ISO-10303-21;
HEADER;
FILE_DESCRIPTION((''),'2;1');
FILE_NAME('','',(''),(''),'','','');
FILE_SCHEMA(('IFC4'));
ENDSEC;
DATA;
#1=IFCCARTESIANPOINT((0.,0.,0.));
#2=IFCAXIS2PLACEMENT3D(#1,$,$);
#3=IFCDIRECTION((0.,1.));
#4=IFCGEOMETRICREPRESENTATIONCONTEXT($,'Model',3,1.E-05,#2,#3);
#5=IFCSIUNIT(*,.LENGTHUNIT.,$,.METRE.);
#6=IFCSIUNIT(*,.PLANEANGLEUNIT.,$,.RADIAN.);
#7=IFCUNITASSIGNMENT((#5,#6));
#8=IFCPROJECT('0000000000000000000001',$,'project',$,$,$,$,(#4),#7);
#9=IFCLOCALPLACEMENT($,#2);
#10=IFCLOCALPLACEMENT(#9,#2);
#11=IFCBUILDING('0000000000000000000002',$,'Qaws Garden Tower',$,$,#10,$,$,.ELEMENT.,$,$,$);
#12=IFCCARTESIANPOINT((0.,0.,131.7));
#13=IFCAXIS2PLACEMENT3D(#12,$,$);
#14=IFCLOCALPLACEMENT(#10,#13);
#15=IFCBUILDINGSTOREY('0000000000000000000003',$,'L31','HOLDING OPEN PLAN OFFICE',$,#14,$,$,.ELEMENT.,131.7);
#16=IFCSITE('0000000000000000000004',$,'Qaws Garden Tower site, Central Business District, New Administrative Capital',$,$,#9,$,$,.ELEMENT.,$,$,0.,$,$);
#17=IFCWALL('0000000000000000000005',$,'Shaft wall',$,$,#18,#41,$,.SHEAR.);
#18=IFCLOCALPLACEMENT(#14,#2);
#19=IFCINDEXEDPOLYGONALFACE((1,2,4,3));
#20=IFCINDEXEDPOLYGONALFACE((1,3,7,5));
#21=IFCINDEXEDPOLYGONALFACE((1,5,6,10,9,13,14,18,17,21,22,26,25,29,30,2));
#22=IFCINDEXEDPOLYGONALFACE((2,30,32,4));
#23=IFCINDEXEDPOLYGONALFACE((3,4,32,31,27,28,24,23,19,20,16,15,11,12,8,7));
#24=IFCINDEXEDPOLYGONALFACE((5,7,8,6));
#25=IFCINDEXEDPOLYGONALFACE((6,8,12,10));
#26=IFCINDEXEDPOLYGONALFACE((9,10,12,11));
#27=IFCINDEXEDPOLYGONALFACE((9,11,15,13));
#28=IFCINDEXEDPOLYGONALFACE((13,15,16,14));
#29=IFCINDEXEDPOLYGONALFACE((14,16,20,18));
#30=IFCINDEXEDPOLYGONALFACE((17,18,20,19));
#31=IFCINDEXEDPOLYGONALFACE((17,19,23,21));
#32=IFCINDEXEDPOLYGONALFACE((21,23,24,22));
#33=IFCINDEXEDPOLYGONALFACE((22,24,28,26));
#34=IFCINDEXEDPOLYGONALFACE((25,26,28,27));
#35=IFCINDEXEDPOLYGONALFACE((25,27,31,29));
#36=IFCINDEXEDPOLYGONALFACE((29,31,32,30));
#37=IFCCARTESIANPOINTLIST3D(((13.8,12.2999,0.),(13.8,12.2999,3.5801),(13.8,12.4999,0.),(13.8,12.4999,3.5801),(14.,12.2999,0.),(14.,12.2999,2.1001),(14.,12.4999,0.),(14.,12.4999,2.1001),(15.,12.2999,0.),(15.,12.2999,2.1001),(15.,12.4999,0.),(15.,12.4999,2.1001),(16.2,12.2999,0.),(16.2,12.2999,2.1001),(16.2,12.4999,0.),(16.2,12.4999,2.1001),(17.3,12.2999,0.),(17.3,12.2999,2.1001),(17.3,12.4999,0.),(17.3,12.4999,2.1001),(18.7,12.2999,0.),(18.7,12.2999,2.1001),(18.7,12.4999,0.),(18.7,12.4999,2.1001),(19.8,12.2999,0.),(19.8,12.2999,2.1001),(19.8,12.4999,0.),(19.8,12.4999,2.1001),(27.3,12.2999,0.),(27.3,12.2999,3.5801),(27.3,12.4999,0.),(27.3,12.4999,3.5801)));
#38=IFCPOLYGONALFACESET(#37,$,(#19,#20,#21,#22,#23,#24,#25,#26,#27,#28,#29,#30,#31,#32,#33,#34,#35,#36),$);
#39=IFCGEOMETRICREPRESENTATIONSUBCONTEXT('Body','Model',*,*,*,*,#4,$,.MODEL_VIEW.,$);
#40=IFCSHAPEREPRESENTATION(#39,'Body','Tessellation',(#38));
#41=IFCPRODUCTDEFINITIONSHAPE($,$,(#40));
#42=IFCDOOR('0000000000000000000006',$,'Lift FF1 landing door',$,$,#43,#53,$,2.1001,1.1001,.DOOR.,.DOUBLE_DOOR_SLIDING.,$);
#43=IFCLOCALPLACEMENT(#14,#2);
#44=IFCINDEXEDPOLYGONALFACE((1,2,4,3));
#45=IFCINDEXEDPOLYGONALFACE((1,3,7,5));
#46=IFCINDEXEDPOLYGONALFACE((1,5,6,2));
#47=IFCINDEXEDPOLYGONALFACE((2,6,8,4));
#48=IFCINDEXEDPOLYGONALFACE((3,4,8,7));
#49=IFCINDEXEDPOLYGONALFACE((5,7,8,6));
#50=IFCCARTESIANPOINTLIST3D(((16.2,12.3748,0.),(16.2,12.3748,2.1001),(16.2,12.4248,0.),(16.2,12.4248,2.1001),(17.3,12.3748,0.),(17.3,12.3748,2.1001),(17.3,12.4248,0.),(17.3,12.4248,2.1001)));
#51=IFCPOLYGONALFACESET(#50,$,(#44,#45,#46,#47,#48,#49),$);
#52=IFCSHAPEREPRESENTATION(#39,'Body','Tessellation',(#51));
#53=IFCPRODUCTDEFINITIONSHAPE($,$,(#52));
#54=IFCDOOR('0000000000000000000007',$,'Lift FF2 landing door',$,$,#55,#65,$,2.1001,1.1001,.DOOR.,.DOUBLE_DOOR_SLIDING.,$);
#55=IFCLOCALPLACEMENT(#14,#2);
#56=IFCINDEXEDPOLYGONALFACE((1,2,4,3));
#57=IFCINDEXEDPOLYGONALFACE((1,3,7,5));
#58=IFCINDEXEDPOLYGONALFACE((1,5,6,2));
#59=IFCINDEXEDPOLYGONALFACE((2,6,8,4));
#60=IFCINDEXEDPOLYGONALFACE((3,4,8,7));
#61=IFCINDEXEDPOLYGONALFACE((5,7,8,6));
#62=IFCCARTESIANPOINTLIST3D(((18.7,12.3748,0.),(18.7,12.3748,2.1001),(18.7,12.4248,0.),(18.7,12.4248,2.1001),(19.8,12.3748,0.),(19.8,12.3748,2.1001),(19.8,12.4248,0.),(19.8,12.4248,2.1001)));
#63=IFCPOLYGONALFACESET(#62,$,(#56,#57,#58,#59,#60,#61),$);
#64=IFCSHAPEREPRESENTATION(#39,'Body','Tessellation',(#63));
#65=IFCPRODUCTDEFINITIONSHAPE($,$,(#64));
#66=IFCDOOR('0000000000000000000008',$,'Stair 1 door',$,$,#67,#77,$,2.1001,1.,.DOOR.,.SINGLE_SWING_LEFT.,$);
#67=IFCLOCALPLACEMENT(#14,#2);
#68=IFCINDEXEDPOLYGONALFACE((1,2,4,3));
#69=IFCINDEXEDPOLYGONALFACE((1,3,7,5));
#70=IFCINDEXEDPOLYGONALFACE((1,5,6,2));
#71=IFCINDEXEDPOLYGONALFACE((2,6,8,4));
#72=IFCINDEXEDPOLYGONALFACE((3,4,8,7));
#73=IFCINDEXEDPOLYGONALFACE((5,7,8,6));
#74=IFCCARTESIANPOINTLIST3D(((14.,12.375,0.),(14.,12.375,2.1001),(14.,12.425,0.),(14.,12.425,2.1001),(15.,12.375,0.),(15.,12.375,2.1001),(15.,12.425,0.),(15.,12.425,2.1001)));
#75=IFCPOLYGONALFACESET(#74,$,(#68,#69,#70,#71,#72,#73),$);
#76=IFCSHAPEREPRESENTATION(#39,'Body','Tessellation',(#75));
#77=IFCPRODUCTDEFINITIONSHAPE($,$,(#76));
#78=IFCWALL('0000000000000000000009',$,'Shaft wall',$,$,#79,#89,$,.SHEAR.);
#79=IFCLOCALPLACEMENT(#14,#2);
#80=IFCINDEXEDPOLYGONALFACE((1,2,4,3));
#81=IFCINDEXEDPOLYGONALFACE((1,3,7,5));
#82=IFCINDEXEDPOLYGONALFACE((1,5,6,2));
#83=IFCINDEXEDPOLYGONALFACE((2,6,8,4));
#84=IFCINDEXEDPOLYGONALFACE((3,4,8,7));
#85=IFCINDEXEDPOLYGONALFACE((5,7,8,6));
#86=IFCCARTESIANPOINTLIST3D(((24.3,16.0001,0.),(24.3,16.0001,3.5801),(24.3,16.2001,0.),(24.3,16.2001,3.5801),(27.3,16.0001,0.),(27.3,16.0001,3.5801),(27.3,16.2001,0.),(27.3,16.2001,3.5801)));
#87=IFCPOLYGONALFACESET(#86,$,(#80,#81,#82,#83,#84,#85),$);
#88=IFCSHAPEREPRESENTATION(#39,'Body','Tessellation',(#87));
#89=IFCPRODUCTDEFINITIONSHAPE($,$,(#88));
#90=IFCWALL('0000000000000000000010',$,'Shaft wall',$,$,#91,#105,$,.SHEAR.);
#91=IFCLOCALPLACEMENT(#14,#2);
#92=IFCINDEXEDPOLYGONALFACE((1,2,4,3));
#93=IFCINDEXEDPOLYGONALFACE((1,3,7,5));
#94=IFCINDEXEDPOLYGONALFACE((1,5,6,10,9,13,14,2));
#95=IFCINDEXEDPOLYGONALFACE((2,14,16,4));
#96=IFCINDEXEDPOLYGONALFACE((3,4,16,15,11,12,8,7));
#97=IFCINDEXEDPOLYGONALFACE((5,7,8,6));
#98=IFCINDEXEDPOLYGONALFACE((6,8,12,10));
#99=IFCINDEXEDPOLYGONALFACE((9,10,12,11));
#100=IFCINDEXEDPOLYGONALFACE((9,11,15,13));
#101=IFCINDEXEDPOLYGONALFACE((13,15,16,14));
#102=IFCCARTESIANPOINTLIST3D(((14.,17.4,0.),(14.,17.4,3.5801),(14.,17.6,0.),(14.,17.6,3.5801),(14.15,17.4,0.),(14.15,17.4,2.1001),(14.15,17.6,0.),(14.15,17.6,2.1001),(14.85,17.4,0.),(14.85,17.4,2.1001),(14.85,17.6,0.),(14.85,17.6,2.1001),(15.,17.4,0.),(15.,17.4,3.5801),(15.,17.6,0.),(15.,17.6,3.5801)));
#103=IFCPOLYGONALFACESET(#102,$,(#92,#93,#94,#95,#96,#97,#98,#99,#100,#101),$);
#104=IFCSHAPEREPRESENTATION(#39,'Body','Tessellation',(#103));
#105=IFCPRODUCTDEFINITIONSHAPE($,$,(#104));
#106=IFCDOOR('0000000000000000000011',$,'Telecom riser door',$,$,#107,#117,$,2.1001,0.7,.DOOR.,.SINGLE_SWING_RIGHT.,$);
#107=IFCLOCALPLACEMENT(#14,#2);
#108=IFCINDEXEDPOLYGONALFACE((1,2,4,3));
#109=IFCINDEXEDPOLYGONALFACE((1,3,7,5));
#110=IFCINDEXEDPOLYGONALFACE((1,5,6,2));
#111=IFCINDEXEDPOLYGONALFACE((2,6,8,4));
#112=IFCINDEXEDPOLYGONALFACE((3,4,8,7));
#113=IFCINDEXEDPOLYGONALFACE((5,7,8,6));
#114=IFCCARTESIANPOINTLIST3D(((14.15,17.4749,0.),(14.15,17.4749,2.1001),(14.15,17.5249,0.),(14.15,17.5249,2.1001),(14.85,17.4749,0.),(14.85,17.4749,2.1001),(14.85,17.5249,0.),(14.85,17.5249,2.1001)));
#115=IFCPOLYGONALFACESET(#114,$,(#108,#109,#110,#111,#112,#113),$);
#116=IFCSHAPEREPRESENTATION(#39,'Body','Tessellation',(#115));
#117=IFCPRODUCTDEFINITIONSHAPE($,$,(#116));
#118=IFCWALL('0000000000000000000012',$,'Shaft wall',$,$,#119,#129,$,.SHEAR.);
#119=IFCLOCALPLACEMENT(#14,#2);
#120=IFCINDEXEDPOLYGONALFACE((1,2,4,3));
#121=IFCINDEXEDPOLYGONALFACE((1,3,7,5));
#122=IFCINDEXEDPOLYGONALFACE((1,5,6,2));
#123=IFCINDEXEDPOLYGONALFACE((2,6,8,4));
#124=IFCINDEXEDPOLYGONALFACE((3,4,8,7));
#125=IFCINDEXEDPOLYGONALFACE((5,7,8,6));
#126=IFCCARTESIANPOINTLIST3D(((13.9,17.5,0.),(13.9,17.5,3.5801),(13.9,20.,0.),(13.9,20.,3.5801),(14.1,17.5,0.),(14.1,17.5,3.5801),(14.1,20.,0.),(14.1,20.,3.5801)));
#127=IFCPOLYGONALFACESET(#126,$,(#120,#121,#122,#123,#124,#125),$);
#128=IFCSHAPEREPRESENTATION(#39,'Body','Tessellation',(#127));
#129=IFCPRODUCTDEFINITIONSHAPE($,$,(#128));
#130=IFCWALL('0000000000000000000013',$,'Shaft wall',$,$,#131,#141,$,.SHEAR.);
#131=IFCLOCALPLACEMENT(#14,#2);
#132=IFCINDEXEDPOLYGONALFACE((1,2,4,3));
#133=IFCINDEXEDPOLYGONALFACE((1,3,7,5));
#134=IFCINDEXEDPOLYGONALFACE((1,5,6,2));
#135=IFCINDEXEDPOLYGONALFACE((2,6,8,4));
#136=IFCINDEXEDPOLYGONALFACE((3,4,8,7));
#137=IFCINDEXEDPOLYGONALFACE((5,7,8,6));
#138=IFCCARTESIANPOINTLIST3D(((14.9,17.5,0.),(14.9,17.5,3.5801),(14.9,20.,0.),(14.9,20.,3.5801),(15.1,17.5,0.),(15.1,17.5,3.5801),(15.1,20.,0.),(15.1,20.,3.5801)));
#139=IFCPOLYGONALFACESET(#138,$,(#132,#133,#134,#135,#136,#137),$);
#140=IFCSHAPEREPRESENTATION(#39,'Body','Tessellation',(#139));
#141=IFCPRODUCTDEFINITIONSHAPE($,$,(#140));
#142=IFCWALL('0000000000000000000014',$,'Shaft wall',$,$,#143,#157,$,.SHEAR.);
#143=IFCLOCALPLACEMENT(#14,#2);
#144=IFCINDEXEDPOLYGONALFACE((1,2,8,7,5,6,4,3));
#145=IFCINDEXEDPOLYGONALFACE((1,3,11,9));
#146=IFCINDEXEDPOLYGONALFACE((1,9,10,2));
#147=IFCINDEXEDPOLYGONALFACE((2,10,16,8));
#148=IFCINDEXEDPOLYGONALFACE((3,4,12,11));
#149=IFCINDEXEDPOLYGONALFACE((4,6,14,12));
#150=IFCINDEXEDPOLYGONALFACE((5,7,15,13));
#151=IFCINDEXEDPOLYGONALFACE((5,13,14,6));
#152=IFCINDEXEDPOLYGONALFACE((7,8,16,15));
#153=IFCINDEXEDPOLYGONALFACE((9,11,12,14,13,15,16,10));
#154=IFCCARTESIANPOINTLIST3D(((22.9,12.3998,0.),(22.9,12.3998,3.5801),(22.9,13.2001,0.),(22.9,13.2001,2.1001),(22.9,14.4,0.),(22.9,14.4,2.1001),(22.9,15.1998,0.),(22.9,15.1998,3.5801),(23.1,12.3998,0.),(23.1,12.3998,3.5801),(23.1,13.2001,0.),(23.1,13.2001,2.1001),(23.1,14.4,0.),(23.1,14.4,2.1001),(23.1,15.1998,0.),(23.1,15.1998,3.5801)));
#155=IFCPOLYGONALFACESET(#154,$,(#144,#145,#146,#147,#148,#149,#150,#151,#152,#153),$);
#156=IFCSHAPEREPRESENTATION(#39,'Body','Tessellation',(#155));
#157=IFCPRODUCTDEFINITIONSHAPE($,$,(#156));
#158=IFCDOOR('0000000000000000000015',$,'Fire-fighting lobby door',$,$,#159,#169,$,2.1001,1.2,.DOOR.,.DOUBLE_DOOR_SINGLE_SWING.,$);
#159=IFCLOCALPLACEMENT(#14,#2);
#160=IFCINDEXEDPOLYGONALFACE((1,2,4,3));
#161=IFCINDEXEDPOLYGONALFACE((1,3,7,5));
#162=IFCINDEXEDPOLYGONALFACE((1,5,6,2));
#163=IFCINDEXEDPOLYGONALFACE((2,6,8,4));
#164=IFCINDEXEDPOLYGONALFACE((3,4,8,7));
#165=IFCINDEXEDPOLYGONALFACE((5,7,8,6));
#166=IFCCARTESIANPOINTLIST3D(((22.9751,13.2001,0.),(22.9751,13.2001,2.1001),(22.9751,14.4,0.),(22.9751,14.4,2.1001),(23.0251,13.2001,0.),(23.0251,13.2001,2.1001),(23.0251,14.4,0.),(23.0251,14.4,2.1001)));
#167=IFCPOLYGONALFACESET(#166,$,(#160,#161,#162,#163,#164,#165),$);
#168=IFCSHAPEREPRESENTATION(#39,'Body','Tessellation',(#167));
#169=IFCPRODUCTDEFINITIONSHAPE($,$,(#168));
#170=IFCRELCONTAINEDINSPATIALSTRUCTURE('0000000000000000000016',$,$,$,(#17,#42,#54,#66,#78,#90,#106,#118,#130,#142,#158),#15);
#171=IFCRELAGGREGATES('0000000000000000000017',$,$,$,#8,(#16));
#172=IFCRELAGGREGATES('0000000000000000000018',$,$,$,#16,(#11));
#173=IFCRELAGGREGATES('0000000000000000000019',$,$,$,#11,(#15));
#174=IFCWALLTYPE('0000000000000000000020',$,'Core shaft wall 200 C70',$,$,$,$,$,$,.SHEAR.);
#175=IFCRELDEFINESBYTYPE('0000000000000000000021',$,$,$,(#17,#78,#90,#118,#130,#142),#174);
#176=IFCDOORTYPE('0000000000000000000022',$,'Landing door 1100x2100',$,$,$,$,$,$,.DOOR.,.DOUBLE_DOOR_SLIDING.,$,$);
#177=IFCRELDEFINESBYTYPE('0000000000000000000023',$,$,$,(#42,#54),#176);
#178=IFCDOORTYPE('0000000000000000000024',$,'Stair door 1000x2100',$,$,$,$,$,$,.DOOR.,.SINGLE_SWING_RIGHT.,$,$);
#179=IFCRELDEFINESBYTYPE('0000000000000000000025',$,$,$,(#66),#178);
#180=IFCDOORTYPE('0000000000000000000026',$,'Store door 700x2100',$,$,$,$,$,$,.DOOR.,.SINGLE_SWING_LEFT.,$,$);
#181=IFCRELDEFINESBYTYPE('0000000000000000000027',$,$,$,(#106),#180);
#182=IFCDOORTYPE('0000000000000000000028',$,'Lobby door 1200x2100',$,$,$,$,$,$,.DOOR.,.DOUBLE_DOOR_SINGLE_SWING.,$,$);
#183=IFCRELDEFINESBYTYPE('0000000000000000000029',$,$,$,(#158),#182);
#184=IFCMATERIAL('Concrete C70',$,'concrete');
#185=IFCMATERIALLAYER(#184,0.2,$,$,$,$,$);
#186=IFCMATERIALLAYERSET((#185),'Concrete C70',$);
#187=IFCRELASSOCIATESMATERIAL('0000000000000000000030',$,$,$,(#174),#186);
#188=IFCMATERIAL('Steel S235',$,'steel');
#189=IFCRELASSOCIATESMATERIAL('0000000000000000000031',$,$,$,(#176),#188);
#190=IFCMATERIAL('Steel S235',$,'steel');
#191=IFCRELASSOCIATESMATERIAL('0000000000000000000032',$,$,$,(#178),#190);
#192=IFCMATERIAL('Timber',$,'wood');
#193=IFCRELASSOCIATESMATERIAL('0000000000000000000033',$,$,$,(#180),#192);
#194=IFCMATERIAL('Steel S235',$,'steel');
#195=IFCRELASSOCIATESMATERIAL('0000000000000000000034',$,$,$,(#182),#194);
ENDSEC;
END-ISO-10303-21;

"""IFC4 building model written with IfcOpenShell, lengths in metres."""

from ifc_helpers import new_model, si_unit, direction, frame, frame_2d, origin, place, context, subcontext, project, spatial, rectangle, extrude, material, layer, layer_set, type_object, element, fill, save


model = new_model("IFC4")

# Units and contexts
model_context = context("Model", 3, precision=1e-05, world=origin(), true_north=direction((0.0, 1.0)))
body_context = subcontext(model_context, "Body", "Model", "MODEL_VIEW")
ifc_project = project(units=[si_unit("LENGTHUNIT", "METRE"), si_unit("PLANEANGLEUNIT", "RADIAN")], contexts=[model_context])

# Site, building, storey
site_placement = place(None, origin())
site = spatial("IfcSite", under=ifc_project, at=site_placement, Name="Qaws Garden Tower site, Central Business District, New Administrative Capital", CompositionType="ELEMENT", RefElevation=0.0)
building_placement = place(site_placement, origin())
building = spatial("IfcBuilding", under=site, at=building_placement, Name="Qaws Garden Tower", CompositionType="ELEMENT")
storey_placement = place(building_placement, frame((0.0, 0.0, 131.7)))
storey = spatial("IfcBuildingStorey", under=building, at=storey_placement, Name="L31", Description="HOLDING OPEN PLAN OFFICE", CompositionType="ELEMENT", Elevation=131.7)

# Wall, openings, doors
ifc_material_1 = material(Name="Concrete C70", Category="concrete")
ifc_layer_1 = layer(ifc_material_1, 0.2)
ifc_layer_set_1 = layer_set([ifc_layer_1], Name="Concrete C70")
wall_type_1 = type_object("IfcWallType", Name="Core shaft wall 200 C70", PredefinedType="SHEAR", material=ifc_layer_set_1)
wall_1_placement = place(storey_placement, frame((13.8, 12.3999, 0.0), z_axis=(0.0, 0.0, 1.0), x_axis=(1.0, 0.0, 0.0)))
wall_1 = element("IfcWall", 1, at=wall_1_placement, inside=storey, type_object=wall_type_1, Name="Shaft wall", PredefinedType="SHEAR", context=body_context, shape_type="SweptSolid", body=[
    extrude(rectangle(XDim=13.5, YDim=0.2, at=frame_2d((6.75, 0.0))), origin(), (0.0, 0.0, 1.0), 3.5801),
])
opening_1_placement = place(wall_1_placement, frame((2.3999, 0.0, 0.0)))
opening_1 = element("IfcOpeningElement", 2, at=opening_1_placement, cuts=wall_1, PredefinedType="OPENING", context=body_context, shape_type="SweptSolid", body=[
    extrude(rectangle(XDim=1.1001, YDim=2.1001, at=frame_2d((0.55, 1.05))), frame((0.0, 0.1099, 0.0), z_axis=(0.0, -1.0, 0.0), x_axis=(1.0, 0.0, 0.0)), (0.0, 0.0, 1.0), 0.22),
])
opening_2_placement = place(wall_1_placement, frame((4.8999, 0.0, 0.0)))
opening_2 = element("IfcOpeningElement", 3, at=opening_2_placement, cuts=wall_1, PredefinedType="OPENING", context=body_context, shape_type="SweptSolid", body=[
    extrude(rectangle(XDim=1.1001, YDim=2.1001, at=frame_2d((0.55, 1.05))), frame((0.0, 0.1099, 0.0), z_axis=(0.0, -1.0, 0.0), x_axis=(1.0, 0.0, 0.0)), (0.0, 0.0, 1.0), 0.22),
])
opening_3_placement = place(wall_1_placement, frame((0.2, 0.0, 0.0)))
opening_3 = element("IfcOpeningElement", 4, at=opening_3_placement, cuts=wall_1, PredefinedType="OPENING", context=body_context, shape_type="SweptSolid", body=[
    extrude(rectangle(XDim=1.0, YDim=2.1001, at=frame_2d((0.5, 1.05))), frame((0.0, 0.1099, 0.0), z_axis=(0.0, -1.0, 0.0), x_axis=(1.0, 0.0, 0.0)), (0.0, 0.0, 1.0), 0.22),
])
ifc_material_2 = material(Name="Steel S235", Category="steel")
door_type_1 = type_object("IfcDoorType", Name="Landing door 1100x2100", OperationType="DOUBLE_DOOR_SLIDING", PredefinedType="DOOR", material=ifc_material_2)
door_1_placement = place(opening_1_placement, origin())
door_1 = element("IfcDoor", 5, at=door_1_placement, inside=storey, type_object=door_type_1, Name="Lift FF1 landing door", OperationType="DOUBLE_DOOR_SLIDING", OverallHeight=2.1001, OverallWidth=1.1001, PredefinedType="DOOR", context=body_context, shape_type="SweptSolid", body=[
    extrude(rectangle(XDim=1.1001, YDim=2.1001, at=frame_2d((0.55, 1.05))), frame((0.0, 0.0249, 0.0), z_axis=(0.0, -1.0, 0.0), x_axis=(1.0, 0.0, 0.0)), (0.0, 0.0, 1.0), 0.05),
])
fill(opening_1, door_1)
door_2_placement = place(opening_2_placement, origin())
door_2 = element("IfcDoor", 6, at=door_2_placement, inside=storey, type_object=door_type_1, Name="Lift FF2 landing door", OperationType="DOUBLE_DOOR_SLIDING", OverallHeight=2.1001, OverallWidth=1.1001, PredefinedType="DOOR", context=body_context, shape_type="SweptSolid", body=[
    extrude(rectangle(XDim=1.1001, YDim=2.1001, at=frame_2d((0.55, 1.05))), frame((0.0, 0.0249, 0.0), z_axis=(0.0, -1.0, 0.0), x_axis=(1.0, 0.0, 0.0)), (0.0, 0.0, 1.0), 0.05),
])
fill(opening_2, door_2)
ifc_material_3 = material(Name="Steel S235", Category="steel")
door_type_2 = type_object("IfcDoorType", Name="Stair door 1000x2100", OperationType="SINGLE_SWING_RIGHT", PredefinedType="DOOR", material=ifc_material_3)
door_3_placement = place(opening_3_placement, frame((1.0, 0.0, 0.0), z_axis=(0.0, 0.0, 1.0), x_axis=(-1.0, 0.0, 0.0)))
door_3 = element("IfcDoor", 7, at=door_3_placement, inside=storey, type_object=door_type_2, Name="Stair 1 door", OperationType="SINGLE_SWING_LEFT", OverallHeight=2.1001, OverallWidth=1.0, PredefinedType="DOOR", context=body_context, shape_type="SweptSolid", body=[
    extrude(rectangle(XDim=1.0, YDim=2.1001, at=frame_2d((0.5, 1.05))), frame((0.0, 0.0249, 0.0), z_axis=(0.0, -1.0, 0.0), x_axis=(1.0, 0.0, 0.0)), (0.0, 0.0, 1.0), 0.05),
])
fill(opening_3, door_3)

# Wall
wall_2_placement = place(storey_placement, frame((24.3, 16.1001, 0.0), z_axis=(0.0, 0.0, 1.0), x_axis=(1.0, 0.0, 0.0)))
element("IfcWall", 8, at=wall_2_placement, inside=storey, type_object=wall_type_1, Name="Shaft wall", PredefinedType="SHEAR", context=body_context, shape_type="SweptSolid", body=[
    extrude(rectangle(XDim=3.0, YDim=0.2, at=frame_2d((1.5, 0.0))), origin(), (0.0, 0.0, 1.0), 3.5801),
])

# Wall, opening, door
wall_3_placement = place(storey_placement, frame((14.0, 17.5, 0.0), z_axis=(0.0, 0.0, 1.0), x_axis=(1.0, 0.0, 0.0)))
wall_3 = element("IfcWall", 9, at=wall_3_placement, inside=storey, type_object=wall_type_1, Name="Shaft wall", PredefinedType="SHEAR", context=body_context, shape_type="SweptSolid", body=[
    extrude(rectangle(XDim=1.0, YDim=0.2, at=frame_2d((0.5, 0.0))), origin(), (0.0, 0.0, 1.0), 3.5801),
])
opening_4_placement = place(wall_3_placement, frame((0.1499, 0.0, 0.0)))
opening_4 = element("IfcOpeningElement", 10, at=opening_4_placement, cuts=wall_3, PredefinedType="OPENING", context=body_context, shape_type="SweptSolid", body=[
    extrude(rectangle(XDim=0.7, YDim=2.1001, at=frame_2d((0.3501, 1.05))), frame((0.0, 0.1099, 0.0), z_axis=(0.0, -1.0, 0.0), x_axis=(1.0, 0.0, 0.0)), (0.0, 0.0, 1.0), 0.22),
])
ifc_material_4 = material(Name="Timber", Category="wood")
door_type_3 = type_object("IfcDoorType", Name="Store door 700x2100", OperationType="SINGLE_SWING_LEFT", PredefinedType="DOOR", material=ifc_material_4)
door_4_placement = place(opening_4_placement, origin())
door_4 = element("IfcDoor", 11, at=door_4_placement, inside=storey, type_object=door_type_3, Name="Telecom riser door", OperationType="SINGLE_SWING_RIGHT", OverallHeight=2.1001, OverallWidth=0.7, PredefinedType="DOOR", context=body_context, shape_type="SweptSolid", body=[
    extrude(rectangle(XDim=0.7, YDim=2.1001, at=frame_2d((0.3501, 1.05))), frame((0.0, 0.0249, 0.0), z_axis=(0.0, -1.0, 0.0), x_axis=(1.0, 0.0, 0.0)), (0.0, 0.0, 1.0), 0.05),
])
fill(opening_4, door_4)

# Walls
for number, where, z_axis, x_axis, name in (
    (12, (14.0, 17.5, 0.0), (0.0, 0.0, 1.0), (0.0, 1.0, 0.0), "Shaft wall"),
    (13, (15.0, 17.5, 0.0), (0.0, 0.0, 1.0), (0.0, 1.0, 0.0), "Shaft wall"),
):
    element("IfcWall", number, at=place(storey_placement, frame(where, z_axis=z_axis, x_axis=x_axis)), inside=storey, type_object=wall_type_1, Name=name, PredefinedType="SHEAR", context=body_context, shape_type="SweptSolid", body=[
        extrude(rectangle(XDim=2.5, YDim=0.2, at=frame_2d((1.25, 0.0))), origin(), (0.0, 0.0, 1.0), 3.5801),
    ])

# Wall, opening, door
wall_4_placement = place(storey_placement, frame((23.0, 12.3999, 0.0), z_axis=(0.0, 0.0, 1.0), x_axis=(0.0, 1.0, 0.0)))
wall_4 = element("IfcWall", 14, at=wall_4_placement, inside=storey, type_object=wall_type_1, Name="Shaft wall", PredefinedType="SHEAR", context=body_context, shape_type="SweptSolid", body=[
    extrude(rectangle(XDim=2.8, YDim=0.2, at=frame_2d((1.3999, 0.0))), origin(), (0.0, 0.0, 1.0), 3.5801),
])
opening_5_placement = place(wall_4_placement, frame((0.8, 0.0, 0.0)))
opening_5 = element("IfcOpeningElement", 15, at=opening_5_placement, cuts=wall_4, PredefinedType="OPENING", context=body_context, shape_type="SweptSolid", body=[
    extrude(rectangle(XDim=1.2, YDim=2.1001, at=frame_2d((0.6001, 1.05))), frame((0.0, 0.1099, 0.0), z_axis=(0.0, -1.0, 0.0), x_axis=(1.0, 0.0, 0.0)), (0.0, 0.0, 1.0), 0.22),
])
ifc_material_5 = material(Name="Steel S235", Category="steel")
door_type_4 = type_object("IfcDoorType", Name="Lobby door 1200x2100", OperationType="DOUBLE_DOOR_SINGLE_SWING", PredefinedType="DOOR", material=ifc_material_5)
door_5_placement = place(opening_5_placement, origin())
door_5 = element("IfcDoor", 16, at=door_5_placement, inside=storey, type_object=door_type_4, Name="Fire-fighting lobby door", OperationType="DOUBLE_DOOR_SINGLE_SWING", OverallHeight=2.1001, OverallWidth=1.2, PredefinedType="DOOR", context=body_context, shape_type="SweptSolid", body=[
    extrude(rectangle(XDim=1.2, YDim=2.1001, at=frame_2d((0.6001, 1.05))), frame((0.0, 0.0249, 0.0), z_axis=(0.0, -1.0, 0.0), x_axis=(1.0, 0.0, 0.0)), (0.0, 0.0, 1.0), 0.05),
])
fill(opening_5, door_5)

save(model, "model.ifc")
